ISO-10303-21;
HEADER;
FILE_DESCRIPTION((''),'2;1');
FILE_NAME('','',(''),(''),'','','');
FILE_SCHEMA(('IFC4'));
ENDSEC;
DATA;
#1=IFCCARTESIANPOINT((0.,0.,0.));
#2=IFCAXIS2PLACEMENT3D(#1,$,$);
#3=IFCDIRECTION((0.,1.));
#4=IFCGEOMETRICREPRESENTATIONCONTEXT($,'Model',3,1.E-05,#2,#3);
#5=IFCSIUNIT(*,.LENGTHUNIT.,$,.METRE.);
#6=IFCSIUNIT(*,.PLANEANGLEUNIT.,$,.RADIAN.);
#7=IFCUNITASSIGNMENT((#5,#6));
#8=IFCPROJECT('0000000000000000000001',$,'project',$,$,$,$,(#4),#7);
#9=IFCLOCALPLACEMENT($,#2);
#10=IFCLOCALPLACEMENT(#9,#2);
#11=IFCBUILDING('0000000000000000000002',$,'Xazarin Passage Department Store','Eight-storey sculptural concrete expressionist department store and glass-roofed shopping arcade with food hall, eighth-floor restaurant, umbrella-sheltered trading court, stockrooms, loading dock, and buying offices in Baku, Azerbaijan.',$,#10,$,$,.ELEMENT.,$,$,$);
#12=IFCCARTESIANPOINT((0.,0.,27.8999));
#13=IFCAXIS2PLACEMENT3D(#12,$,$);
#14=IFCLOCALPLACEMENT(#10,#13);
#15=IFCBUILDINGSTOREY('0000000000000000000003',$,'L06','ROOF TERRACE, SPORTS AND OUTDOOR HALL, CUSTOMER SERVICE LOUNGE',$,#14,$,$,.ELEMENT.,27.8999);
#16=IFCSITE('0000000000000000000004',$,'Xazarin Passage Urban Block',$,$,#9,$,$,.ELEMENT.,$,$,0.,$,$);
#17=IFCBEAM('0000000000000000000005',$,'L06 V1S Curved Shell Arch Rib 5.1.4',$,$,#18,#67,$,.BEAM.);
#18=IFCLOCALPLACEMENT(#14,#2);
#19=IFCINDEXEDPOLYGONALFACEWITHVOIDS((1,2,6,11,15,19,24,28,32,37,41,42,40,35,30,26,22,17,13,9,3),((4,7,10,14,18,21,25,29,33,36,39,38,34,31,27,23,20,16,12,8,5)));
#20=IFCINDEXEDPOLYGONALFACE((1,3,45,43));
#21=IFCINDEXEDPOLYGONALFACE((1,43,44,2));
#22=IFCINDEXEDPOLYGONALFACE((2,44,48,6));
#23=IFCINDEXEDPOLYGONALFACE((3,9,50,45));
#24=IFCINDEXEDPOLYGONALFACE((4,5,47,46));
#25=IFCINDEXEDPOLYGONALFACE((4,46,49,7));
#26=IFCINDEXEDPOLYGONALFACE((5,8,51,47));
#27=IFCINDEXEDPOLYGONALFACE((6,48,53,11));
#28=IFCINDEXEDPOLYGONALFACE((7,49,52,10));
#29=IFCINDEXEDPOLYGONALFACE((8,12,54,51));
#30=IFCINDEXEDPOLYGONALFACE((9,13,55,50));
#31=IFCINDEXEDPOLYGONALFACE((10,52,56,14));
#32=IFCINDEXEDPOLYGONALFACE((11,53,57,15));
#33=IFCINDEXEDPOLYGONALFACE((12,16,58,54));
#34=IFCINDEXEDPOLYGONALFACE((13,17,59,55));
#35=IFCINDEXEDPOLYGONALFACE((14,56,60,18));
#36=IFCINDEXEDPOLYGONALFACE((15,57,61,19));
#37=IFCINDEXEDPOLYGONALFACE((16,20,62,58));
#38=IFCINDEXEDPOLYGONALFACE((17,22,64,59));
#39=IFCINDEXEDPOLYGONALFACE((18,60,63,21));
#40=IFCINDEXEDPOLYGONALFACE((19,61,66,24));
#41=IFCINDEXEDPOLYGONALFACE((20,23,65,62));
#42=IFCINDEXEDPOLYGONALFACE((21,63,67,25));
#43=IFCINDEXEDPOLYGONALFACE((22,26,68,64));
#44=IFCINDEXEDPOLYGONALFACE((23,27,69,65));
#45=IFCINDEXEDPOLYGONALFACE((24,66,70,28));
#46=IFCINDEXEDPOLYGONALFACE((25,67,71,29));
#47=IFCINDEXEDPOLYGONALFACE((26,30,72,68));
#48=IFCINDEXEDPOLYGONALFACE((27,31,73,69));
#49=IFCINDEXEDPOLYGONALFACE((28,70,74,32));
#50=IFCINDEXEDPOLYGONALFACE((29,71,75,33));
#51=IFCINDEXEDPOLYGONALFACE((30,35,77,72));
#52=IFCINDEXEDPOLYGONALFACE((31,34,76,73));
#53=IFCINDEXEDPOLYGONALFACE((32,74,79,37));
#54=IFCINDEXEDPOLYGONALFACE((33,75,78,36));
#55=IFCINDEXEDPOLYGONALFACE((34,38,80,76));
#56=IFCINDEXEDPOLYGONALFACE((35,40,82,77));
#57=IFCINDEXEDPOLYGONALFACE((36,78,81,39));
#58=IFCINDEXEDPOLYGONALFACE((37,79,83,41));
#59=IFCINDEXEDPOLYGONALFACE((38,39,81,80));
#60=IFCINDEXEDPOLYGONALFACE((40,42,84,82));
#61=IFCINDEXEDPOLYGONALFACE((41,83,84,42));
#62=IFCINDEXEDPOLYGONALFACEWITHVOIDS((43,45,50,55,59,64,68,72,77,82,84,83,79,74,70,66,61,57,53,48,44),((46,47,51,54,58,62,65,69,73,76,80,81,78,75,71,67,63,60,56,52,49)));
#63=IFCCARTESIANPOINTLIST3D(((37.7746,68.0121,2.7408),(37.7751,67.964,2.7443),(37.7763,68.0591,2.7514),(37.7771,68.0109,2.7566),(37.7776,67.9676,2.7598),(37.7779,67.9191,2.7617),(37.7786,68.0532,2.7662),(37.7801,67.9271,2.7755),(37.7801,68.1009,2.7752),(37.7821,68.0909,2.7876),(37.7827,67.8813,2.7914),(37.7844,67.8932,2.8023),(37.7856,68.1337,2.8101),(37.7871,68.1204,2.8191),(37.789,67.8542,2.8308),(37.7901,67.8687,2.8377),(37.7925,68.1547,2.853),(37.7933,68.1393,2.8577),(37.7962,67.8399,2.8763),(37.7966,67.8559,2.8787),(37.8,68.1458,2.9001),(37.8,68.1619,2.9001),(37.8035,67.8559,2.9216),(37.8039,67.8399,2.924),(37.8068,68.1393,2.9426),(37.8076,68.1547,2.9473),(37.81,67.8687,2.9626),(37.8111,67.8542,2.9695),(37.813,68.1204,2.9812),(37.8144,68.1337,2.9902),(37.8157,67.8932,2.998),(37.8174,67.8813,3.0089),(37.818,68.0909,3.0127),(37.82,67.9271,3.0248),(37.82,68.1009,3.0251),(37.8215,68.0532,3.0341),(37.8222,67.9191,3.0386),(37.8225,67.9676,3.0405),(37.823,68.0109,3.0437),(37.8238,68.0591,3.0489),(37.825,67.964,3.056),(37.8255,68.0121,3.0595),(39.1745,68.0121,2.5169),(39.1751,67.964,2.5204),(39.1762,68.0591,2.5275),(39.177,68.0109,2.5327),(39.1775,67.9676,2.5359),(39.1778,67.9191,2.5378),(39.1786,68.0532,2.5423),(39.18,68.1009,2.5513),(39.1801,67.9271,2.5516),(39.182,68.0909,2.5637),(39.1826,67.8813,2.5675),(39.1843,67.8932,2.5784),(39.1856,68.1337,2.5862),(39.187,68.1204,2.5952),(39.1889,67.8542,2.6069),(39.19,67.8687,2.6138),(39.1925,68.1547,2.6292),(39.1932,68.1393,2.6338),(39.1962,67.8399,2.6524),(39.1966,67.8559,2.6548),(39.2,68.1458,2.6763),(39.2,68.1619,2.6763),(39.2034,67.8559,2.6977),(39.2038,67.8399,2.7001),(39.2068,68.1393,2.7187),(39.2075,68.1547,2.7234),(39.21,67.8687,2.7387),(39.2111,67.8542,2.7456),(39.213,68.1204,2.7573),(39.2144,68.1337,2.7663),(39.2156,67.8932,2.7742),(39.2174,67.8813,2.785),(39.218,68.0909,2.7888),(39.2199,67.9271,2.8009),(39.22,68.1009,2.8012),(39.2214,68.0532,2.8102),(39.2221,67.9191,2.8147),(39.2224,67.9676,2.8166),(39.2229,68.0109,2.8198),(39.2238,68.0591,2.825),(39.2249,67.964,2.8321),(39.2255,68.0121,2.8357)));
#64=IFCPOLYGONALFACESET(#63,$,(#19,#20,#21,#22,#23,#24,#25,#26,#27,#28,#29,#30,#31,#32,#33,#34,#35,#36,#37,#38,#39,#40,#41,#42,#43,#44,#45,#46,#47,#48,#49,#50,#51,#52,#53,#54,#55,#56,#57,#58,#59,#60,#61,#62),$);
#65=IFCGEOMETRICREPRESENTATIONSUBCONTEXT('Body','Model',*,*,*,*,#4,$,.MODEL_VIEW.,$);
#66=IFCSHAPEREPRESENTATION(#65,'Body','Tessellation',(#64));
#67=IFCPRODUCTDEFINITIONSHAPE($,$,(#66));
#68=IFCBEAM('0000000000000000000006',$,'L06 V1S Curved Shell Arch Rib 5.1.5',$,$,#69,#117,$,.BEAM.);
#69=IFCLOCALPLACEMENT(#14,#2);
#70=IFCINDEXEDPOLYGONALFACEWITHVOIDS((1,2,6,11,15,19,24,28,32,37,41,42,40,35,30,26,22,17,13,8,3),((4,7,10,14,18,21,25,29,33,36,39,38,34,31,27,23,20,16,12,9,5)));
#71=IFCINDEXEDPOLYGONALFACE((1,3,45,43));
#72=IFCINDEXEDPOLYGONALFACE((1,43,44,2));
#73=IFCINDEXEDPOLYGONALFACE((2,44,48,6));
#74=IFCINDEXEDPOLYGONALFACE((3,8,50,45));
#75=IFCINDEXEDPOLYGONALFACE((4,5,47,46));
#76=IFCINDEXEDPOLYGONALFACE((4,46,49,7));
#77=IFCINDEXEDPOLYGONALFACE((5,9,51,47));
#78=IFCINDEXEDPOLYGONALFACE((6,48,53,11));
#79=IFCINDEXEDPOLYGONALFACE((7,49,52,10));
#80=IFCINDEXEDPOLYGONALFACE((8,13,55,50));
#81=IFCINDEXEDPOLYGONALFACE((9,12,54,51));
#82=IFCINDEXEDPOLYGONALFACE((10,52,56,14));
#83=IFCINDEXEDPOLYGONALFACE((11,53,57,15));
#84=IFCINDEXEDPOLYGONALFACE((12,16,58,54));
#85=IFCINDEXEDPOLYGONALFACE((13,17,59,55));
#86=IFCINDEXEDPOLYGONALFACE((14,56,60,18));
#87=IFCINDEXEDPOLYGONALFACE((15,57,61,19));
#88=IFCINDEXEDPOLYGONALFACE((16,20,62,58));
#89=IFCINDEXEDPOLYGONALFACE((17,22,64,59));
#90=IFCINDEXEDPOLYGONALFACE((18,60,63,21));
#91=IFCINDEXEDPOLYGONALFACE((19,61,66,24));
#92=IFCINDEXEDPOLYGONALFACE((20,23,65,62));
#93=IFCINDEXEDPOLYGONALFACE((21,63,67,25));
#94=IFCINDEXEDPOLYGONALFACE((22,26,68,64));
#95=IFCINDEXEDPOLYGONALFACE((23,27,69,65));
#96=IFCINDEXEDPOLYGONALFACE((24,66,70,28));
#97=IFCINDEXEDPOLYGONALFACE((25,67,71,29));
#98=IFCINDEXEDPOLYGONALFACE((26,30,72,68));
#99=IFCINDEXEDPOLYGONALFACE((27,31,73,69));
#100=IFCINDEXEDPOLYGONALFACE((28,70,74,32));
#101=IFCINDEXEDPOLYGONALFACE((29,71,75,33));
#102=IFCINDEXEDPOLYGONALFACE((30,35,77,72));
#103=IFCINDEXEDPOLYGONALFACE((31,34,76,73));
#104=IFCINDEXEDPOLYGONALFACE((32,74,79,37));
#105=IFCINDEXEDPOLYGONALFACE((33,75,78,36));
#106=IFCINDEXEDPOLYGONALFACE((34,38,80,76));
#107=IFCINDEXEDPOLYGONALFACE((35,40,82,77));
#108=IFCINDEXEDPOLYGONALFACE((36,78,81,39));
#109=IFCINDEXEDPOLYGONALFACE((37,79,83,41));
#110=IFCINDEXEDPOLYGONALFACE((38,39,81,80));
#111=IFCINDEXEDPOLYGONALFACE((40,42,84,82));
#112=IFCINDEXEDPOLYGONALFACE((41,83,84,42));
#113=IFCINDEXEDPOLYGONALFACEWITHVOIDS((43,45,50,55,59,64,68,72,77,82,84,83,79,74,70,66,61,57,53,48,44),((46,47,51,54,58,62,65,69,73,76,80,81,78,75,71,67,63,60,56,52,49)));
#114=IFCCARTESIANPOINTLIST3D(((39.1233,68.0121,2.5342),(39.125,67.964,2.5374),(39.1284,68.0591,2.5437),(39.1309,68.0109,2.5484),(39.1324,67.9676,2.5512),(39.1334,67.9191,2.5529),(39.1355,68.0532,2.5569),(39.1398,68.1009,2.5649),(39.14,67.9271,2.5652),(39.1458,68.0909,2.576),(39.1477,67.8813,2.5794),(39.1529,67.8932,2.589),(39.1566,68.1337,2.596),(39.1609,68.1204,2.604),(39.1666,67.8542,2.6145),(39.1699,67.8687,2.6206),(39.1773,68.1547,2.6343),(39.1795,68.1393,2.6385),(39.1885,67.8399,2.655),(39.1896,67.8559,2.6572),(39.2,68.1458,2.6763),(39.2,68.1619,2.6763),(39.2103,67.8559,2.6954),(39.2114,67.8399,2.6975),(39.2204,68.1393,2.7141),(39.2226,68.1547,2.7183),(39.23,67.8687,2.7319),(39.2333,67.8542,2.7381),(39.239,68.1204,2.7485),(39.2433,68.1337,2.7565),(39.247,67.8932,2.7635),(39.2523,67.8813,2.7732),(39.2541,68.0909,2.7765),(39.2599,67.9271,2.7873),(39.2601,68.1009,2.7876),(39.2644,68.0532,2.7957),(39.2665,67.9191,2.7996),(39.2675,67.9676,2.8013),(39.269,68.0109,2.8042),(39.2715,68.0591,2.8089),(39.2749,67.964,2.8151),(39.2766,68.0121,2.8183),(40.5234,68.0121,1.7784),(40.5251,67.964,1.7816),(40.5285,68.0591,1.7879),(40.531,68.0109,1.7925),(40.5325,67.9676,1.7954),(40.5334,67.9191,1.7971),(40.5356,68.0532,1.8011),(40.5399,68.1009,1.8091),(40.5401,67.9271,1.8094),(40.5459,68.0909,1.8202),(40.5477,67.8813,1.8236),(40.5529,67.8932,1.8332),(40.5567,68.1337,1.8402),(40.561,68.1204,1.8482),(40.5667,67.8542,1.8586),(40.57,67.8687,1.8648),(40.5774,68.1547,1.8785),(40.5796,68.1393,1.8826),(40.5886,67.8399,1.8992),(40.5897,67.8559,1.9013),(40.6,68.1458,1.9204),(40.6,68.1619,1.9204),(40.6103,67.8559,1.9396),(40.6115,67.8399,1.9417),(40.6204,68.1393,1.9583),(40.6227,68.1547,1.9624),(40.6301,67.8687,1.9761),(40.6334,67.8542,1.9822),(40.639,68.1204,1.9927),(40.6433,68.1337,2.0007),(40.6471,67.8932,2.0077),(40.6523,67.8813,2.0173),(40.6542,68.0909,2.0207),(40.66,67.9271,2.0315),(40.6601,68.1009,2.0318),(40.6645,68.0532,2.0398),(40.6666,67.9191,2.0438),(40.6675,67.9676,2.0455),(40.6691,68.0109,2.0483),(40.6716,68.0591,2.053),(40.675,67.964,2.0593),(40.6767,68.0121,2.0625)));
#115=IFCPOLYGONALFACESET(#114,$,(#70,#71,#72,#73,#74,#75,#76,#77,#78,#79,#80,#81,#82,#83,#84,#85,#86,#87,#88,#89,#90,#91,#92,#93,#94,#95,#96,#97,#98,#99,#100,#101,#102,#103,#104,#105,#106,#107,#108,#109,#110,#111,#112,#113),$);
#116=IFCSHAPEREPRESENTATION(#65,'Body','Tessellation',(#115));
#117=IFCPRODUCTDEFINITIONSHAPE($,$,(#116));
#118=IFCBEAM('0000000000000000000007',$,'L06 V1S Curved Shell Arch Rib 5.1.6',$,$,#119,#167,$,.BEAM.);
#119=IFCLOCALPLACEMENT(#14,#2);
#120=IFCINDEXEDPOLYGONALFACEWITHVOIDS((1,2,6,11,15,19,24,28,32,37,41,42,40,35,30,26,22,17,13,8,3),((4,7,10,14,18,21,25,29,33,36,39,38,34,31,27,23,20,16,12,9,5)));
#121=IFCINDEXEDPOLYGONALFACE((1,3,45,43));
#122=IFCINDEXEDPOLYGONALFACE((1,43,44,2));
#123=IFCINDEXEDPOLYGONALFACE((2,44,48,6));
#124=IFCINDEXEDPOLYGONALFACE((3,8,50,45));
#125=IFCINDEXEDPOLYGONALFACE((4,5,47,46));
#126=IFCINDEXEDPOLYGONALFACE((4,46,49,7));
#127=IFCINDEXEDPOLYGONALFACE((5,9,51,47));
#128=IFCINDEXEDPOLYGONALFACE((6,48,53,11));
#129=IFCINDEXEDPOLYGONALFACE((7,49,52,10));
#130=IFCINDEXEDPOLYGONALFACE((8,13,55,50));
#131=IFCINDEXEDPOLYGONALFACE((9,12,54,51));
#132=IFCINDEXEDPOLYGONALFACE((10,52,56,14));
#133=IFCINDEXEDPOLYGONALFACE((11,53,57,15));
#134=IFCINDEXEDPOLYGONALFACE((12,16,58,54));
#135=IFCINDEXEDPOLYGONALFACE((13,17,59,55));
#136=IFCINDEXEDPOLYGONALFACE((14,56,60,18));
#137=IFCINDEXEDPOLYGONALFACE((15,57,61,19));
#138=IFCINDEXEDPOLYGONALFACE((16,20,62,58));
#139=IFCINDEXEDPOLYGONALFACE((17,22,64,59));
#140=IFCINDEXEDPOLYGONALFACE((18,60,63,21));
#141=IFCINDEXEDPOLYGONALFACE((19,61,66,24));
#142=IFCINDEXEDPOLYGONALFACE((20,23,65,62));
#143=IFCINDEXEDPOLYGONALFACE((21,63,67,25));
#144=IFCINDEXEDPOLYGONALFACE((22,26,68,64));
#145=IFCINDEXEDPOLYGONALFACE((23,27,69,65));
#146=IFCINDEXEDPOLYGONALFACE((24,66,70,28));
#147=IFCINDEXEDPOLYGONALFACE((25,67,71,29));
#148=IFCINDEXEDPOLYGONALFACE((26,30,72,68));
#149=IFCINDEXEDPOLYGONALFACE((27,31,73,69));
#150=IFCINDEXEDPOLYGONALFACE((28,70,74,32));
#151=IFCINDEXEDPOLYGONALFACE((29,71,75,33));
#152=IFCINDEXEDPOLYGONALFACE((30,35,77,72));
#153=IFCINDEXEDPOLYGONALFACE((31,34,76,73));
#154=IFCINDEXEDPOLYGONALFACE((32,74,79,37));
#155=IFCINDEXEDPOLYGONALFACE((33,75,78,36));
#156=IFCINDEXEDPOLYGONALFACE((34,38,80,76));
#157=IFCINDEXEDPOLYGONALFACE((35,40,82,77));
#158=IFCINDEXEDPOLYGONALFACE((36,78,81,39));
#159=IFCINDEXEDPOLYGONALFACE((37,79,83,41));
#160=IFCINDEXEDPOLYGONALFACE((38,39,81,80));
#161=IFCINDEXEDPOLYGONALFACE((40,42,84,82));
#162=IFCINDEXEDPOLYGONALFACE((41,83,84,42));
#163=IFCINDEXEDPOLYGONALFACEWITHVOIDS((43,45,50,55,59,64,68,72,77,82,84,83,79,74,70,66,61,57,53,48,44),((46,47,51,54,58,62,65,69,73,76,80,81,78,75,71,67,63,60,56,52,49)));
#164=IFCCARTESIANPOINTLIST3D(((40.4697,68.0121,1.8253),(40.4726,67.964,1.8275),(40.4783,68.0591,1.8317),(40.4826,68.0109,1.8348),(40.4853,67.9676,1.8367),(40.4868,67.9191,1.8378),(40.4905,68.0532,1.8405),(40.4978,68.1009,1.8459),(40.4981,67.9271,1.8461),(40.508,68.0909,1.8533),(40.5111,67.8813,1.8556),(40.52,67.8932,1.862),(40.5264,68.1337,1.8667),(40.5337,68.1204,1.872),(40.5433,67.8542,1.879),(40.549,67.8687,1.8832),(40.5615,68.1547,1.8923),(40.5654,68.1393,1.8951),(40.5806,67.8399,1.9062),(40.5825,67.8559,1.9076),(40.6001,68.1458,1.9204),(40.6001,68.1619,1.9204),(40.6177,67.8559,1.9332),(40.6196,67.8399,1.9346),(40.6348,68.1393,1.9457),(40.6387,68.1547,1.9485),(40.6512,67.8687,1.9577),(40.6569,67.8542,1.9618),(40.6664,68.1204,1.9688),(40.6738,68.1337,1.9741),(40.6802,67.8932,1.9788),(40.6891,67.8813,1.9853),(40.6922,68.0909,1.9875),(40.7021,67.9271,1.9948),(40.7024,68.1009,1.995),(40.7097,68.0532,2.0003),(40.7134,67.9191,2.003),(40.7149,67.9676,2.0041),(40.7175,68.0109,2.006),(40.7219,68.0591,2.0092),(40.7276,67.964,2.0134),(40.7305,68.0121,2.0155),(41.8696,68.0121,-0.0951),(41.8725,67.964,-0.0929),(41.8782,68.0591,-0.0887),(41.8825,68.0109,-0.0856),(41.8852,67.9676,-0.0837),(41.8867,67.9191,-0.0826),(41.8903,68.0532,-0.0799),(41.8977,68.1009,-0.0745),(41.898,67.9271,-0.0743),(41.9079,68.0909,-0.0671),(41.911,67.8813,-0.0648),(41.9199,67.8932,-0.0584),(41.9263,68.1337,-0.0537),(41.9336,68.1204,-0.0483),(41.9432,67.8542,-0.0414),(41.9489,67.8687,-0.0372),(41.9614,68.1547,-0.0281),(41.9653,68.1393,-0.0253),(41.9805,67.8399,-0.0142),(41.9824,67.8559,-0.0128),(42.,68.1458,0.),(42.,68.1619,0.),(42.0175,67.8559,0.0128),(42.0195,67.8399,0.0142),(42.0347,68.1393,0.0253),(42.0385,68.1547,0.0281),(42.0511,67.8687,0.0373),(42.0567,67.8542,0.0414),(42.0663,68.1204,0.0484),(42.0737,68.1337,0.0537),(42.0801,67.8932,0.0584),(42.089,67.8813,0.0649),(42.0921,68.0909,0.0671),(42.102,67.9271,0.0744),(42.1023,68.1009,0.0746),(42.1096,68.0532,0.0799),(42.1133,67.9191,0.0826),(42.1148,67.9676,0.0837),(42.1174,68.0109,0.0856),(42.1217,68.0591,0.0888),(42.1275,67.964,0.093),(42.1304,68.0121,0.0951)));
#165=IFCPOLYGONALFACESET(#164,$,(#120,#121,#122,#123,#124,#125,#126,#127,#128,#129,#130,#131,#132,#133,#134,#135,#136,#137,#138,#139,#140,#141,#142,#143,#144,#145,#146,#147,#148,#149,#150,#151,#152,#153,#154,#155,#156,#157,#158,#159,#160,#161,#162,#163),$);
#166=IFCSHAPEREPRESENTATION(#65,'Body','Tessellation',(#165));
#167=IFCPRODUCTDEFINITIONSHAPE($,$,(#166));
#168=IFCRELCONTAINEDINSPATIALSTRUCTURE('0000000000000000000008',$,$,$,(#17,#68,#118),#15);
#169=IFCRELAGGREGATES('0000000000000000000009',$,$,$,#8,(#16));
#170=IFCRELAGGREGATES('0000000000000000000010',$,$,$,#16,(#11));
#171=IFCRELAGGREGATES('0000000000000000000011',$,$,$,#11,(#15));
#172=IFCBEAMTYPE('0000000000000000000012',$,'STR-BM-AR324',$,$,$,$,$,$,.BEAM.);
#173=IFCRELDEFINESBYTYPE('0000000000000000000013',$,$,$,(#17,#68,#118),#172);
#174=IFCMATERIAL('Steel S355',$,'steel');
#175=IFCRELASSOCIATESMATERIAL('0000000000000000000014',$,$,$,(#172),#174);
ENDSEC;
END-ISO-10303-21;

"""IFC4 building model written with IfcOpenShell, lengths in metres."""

from ifc_helpers import new_model, si_unit, direction, frame, origin, origin_2d, place, context, subcontext, project, spatial, hollow_circle, extrude, material, material_profile, profile_set, type_object, element, save


model = new_model("IFC4")

# Units and contexts
model_context = context("Model", 3, precision=1e-05, world=origin(), true_north=direction((0.0, 1.0)))
body_context = subcontext(model_context, "Body", "Model", "MODEL_VIEW")
ifc_project = project(units=[si_unit("LENGTHUNIT", "METRE"), si_unit("PLANEANGLEUNIT", "RADIAN")], contexts=[model_context])

# Site, building, storey
site_placement = place(None, origin())
site = spatial("IfcSite", under=ifc_project, at=site_placement, Name="Xazarin Passage Urban Block", CompositionType="ELEMENT", RefElevation=0.0)
building_placement = place(site_placement, origin())
building = spatial("IfcBuilding", under=site, at=building_placement, Name="Xazarin Passage Department Store", Description="Eight-storey sculptural concrete expressionist department store and glass-roofed shopping arcade with food hall, eighth-floor restaurant, umbrella-sheltered trading court, stockrooms, loading dock, and buying offices in Baku, Azerbaijan.", CompositionType="ELEMENT")
storey_placement = place(building_placement, frame((0.0, 0.0, 27.8999)))
storey = spatial("IfcBuildingStorey", under=building, at=storey_placement, Name="L06", Description="ROOF TERRACE, SPORTS AND OUTDOOR HALL, CUSTOMER SERVICE LOUNGE", CompositionType="ELEMENT", Elevation=27.8999)

# Beams
ifc_material_1 = material(Name="Steel S355", Category="steel")
ifc_material_profile_1 = material_profile(ifc_material_1, hollow_circle(Radius=0.1619, WallThickness=0.0161, at=origin_2d()), Name="CHS 323.9x16")
ifc_profile_set_1 = profile_set([ifc_material_profile_1], Name="Steel S355")
beam_type_1 = type_object("IfcBeamType", Name="STR-BM-AR324", PredefinedType="BEAM", material=ifc_profile_set_1)
beam_1_placement = place(storey_placement, frame((37.8, 68.0, 2.9001), z_axis=(0.987452, 0.0, -0.157917), x_axis=(0.0, 1.0, 0.0)))
element("IfcBeam", 1, at=beam_1_placement, inside=storey, type_object=beam_type_1, Name="L06 V1S Curved Shell Arch Rib 5.1.4", PredefinedType="BEAM", context=body_context, shape_type="SweptSolid", body=[
    extrude(hollow_circle(Radius=0.1619, WallThickness=0.0161, at=origin_2d()), origin(), (0.0, 0.0, 1.0), 1.4177),
])
beam_2_placement = place(storey_placement, frame((39.2, 68.0, 2.6763), z_axis=(0.879963, 0.0, -0.475042), x_axis=(0.0, 1.0, 0.0)))
element("IfcBeam", 2, at=beam_2_placement, inside=storey, type_object=beam_type_1, Name="L06 V1S Curved Shell Arch Rib 5.1.5", PredefinedType="BEAM", context=body_context, shape_type="SweptSolid", body=[
    extrude(hollow_circle(Radius=0.1619, WallThickness=0.0161, at=origin_2d()), origin(), (0.0, 0.0, 1.0), 1.5911),
])
beam_3_placement = place(storey_placement, frame((40.6001, 68.0, 1.9204), z_axis=(0.589063, 0.0, -0.808087), x_axis=(0.0, 1.0, 0.0)))
element("IfcBeam", 3, at=beam_3_placement, inside=storey, type_object=beam_type_1, Name="L06 V1S Curved Shell Arch Rib 5.1.6", PredefinedType="BEAM", context=body_context, shape_type="SweptSolid", body=[
    extrude(hollow_circle(Radius=0.1619, WallThickness=0.0161, at=origin_2d()), origin(), (0.0, 0.0, 1.0), 2.3765),
])

save(model, "model.ifc")
